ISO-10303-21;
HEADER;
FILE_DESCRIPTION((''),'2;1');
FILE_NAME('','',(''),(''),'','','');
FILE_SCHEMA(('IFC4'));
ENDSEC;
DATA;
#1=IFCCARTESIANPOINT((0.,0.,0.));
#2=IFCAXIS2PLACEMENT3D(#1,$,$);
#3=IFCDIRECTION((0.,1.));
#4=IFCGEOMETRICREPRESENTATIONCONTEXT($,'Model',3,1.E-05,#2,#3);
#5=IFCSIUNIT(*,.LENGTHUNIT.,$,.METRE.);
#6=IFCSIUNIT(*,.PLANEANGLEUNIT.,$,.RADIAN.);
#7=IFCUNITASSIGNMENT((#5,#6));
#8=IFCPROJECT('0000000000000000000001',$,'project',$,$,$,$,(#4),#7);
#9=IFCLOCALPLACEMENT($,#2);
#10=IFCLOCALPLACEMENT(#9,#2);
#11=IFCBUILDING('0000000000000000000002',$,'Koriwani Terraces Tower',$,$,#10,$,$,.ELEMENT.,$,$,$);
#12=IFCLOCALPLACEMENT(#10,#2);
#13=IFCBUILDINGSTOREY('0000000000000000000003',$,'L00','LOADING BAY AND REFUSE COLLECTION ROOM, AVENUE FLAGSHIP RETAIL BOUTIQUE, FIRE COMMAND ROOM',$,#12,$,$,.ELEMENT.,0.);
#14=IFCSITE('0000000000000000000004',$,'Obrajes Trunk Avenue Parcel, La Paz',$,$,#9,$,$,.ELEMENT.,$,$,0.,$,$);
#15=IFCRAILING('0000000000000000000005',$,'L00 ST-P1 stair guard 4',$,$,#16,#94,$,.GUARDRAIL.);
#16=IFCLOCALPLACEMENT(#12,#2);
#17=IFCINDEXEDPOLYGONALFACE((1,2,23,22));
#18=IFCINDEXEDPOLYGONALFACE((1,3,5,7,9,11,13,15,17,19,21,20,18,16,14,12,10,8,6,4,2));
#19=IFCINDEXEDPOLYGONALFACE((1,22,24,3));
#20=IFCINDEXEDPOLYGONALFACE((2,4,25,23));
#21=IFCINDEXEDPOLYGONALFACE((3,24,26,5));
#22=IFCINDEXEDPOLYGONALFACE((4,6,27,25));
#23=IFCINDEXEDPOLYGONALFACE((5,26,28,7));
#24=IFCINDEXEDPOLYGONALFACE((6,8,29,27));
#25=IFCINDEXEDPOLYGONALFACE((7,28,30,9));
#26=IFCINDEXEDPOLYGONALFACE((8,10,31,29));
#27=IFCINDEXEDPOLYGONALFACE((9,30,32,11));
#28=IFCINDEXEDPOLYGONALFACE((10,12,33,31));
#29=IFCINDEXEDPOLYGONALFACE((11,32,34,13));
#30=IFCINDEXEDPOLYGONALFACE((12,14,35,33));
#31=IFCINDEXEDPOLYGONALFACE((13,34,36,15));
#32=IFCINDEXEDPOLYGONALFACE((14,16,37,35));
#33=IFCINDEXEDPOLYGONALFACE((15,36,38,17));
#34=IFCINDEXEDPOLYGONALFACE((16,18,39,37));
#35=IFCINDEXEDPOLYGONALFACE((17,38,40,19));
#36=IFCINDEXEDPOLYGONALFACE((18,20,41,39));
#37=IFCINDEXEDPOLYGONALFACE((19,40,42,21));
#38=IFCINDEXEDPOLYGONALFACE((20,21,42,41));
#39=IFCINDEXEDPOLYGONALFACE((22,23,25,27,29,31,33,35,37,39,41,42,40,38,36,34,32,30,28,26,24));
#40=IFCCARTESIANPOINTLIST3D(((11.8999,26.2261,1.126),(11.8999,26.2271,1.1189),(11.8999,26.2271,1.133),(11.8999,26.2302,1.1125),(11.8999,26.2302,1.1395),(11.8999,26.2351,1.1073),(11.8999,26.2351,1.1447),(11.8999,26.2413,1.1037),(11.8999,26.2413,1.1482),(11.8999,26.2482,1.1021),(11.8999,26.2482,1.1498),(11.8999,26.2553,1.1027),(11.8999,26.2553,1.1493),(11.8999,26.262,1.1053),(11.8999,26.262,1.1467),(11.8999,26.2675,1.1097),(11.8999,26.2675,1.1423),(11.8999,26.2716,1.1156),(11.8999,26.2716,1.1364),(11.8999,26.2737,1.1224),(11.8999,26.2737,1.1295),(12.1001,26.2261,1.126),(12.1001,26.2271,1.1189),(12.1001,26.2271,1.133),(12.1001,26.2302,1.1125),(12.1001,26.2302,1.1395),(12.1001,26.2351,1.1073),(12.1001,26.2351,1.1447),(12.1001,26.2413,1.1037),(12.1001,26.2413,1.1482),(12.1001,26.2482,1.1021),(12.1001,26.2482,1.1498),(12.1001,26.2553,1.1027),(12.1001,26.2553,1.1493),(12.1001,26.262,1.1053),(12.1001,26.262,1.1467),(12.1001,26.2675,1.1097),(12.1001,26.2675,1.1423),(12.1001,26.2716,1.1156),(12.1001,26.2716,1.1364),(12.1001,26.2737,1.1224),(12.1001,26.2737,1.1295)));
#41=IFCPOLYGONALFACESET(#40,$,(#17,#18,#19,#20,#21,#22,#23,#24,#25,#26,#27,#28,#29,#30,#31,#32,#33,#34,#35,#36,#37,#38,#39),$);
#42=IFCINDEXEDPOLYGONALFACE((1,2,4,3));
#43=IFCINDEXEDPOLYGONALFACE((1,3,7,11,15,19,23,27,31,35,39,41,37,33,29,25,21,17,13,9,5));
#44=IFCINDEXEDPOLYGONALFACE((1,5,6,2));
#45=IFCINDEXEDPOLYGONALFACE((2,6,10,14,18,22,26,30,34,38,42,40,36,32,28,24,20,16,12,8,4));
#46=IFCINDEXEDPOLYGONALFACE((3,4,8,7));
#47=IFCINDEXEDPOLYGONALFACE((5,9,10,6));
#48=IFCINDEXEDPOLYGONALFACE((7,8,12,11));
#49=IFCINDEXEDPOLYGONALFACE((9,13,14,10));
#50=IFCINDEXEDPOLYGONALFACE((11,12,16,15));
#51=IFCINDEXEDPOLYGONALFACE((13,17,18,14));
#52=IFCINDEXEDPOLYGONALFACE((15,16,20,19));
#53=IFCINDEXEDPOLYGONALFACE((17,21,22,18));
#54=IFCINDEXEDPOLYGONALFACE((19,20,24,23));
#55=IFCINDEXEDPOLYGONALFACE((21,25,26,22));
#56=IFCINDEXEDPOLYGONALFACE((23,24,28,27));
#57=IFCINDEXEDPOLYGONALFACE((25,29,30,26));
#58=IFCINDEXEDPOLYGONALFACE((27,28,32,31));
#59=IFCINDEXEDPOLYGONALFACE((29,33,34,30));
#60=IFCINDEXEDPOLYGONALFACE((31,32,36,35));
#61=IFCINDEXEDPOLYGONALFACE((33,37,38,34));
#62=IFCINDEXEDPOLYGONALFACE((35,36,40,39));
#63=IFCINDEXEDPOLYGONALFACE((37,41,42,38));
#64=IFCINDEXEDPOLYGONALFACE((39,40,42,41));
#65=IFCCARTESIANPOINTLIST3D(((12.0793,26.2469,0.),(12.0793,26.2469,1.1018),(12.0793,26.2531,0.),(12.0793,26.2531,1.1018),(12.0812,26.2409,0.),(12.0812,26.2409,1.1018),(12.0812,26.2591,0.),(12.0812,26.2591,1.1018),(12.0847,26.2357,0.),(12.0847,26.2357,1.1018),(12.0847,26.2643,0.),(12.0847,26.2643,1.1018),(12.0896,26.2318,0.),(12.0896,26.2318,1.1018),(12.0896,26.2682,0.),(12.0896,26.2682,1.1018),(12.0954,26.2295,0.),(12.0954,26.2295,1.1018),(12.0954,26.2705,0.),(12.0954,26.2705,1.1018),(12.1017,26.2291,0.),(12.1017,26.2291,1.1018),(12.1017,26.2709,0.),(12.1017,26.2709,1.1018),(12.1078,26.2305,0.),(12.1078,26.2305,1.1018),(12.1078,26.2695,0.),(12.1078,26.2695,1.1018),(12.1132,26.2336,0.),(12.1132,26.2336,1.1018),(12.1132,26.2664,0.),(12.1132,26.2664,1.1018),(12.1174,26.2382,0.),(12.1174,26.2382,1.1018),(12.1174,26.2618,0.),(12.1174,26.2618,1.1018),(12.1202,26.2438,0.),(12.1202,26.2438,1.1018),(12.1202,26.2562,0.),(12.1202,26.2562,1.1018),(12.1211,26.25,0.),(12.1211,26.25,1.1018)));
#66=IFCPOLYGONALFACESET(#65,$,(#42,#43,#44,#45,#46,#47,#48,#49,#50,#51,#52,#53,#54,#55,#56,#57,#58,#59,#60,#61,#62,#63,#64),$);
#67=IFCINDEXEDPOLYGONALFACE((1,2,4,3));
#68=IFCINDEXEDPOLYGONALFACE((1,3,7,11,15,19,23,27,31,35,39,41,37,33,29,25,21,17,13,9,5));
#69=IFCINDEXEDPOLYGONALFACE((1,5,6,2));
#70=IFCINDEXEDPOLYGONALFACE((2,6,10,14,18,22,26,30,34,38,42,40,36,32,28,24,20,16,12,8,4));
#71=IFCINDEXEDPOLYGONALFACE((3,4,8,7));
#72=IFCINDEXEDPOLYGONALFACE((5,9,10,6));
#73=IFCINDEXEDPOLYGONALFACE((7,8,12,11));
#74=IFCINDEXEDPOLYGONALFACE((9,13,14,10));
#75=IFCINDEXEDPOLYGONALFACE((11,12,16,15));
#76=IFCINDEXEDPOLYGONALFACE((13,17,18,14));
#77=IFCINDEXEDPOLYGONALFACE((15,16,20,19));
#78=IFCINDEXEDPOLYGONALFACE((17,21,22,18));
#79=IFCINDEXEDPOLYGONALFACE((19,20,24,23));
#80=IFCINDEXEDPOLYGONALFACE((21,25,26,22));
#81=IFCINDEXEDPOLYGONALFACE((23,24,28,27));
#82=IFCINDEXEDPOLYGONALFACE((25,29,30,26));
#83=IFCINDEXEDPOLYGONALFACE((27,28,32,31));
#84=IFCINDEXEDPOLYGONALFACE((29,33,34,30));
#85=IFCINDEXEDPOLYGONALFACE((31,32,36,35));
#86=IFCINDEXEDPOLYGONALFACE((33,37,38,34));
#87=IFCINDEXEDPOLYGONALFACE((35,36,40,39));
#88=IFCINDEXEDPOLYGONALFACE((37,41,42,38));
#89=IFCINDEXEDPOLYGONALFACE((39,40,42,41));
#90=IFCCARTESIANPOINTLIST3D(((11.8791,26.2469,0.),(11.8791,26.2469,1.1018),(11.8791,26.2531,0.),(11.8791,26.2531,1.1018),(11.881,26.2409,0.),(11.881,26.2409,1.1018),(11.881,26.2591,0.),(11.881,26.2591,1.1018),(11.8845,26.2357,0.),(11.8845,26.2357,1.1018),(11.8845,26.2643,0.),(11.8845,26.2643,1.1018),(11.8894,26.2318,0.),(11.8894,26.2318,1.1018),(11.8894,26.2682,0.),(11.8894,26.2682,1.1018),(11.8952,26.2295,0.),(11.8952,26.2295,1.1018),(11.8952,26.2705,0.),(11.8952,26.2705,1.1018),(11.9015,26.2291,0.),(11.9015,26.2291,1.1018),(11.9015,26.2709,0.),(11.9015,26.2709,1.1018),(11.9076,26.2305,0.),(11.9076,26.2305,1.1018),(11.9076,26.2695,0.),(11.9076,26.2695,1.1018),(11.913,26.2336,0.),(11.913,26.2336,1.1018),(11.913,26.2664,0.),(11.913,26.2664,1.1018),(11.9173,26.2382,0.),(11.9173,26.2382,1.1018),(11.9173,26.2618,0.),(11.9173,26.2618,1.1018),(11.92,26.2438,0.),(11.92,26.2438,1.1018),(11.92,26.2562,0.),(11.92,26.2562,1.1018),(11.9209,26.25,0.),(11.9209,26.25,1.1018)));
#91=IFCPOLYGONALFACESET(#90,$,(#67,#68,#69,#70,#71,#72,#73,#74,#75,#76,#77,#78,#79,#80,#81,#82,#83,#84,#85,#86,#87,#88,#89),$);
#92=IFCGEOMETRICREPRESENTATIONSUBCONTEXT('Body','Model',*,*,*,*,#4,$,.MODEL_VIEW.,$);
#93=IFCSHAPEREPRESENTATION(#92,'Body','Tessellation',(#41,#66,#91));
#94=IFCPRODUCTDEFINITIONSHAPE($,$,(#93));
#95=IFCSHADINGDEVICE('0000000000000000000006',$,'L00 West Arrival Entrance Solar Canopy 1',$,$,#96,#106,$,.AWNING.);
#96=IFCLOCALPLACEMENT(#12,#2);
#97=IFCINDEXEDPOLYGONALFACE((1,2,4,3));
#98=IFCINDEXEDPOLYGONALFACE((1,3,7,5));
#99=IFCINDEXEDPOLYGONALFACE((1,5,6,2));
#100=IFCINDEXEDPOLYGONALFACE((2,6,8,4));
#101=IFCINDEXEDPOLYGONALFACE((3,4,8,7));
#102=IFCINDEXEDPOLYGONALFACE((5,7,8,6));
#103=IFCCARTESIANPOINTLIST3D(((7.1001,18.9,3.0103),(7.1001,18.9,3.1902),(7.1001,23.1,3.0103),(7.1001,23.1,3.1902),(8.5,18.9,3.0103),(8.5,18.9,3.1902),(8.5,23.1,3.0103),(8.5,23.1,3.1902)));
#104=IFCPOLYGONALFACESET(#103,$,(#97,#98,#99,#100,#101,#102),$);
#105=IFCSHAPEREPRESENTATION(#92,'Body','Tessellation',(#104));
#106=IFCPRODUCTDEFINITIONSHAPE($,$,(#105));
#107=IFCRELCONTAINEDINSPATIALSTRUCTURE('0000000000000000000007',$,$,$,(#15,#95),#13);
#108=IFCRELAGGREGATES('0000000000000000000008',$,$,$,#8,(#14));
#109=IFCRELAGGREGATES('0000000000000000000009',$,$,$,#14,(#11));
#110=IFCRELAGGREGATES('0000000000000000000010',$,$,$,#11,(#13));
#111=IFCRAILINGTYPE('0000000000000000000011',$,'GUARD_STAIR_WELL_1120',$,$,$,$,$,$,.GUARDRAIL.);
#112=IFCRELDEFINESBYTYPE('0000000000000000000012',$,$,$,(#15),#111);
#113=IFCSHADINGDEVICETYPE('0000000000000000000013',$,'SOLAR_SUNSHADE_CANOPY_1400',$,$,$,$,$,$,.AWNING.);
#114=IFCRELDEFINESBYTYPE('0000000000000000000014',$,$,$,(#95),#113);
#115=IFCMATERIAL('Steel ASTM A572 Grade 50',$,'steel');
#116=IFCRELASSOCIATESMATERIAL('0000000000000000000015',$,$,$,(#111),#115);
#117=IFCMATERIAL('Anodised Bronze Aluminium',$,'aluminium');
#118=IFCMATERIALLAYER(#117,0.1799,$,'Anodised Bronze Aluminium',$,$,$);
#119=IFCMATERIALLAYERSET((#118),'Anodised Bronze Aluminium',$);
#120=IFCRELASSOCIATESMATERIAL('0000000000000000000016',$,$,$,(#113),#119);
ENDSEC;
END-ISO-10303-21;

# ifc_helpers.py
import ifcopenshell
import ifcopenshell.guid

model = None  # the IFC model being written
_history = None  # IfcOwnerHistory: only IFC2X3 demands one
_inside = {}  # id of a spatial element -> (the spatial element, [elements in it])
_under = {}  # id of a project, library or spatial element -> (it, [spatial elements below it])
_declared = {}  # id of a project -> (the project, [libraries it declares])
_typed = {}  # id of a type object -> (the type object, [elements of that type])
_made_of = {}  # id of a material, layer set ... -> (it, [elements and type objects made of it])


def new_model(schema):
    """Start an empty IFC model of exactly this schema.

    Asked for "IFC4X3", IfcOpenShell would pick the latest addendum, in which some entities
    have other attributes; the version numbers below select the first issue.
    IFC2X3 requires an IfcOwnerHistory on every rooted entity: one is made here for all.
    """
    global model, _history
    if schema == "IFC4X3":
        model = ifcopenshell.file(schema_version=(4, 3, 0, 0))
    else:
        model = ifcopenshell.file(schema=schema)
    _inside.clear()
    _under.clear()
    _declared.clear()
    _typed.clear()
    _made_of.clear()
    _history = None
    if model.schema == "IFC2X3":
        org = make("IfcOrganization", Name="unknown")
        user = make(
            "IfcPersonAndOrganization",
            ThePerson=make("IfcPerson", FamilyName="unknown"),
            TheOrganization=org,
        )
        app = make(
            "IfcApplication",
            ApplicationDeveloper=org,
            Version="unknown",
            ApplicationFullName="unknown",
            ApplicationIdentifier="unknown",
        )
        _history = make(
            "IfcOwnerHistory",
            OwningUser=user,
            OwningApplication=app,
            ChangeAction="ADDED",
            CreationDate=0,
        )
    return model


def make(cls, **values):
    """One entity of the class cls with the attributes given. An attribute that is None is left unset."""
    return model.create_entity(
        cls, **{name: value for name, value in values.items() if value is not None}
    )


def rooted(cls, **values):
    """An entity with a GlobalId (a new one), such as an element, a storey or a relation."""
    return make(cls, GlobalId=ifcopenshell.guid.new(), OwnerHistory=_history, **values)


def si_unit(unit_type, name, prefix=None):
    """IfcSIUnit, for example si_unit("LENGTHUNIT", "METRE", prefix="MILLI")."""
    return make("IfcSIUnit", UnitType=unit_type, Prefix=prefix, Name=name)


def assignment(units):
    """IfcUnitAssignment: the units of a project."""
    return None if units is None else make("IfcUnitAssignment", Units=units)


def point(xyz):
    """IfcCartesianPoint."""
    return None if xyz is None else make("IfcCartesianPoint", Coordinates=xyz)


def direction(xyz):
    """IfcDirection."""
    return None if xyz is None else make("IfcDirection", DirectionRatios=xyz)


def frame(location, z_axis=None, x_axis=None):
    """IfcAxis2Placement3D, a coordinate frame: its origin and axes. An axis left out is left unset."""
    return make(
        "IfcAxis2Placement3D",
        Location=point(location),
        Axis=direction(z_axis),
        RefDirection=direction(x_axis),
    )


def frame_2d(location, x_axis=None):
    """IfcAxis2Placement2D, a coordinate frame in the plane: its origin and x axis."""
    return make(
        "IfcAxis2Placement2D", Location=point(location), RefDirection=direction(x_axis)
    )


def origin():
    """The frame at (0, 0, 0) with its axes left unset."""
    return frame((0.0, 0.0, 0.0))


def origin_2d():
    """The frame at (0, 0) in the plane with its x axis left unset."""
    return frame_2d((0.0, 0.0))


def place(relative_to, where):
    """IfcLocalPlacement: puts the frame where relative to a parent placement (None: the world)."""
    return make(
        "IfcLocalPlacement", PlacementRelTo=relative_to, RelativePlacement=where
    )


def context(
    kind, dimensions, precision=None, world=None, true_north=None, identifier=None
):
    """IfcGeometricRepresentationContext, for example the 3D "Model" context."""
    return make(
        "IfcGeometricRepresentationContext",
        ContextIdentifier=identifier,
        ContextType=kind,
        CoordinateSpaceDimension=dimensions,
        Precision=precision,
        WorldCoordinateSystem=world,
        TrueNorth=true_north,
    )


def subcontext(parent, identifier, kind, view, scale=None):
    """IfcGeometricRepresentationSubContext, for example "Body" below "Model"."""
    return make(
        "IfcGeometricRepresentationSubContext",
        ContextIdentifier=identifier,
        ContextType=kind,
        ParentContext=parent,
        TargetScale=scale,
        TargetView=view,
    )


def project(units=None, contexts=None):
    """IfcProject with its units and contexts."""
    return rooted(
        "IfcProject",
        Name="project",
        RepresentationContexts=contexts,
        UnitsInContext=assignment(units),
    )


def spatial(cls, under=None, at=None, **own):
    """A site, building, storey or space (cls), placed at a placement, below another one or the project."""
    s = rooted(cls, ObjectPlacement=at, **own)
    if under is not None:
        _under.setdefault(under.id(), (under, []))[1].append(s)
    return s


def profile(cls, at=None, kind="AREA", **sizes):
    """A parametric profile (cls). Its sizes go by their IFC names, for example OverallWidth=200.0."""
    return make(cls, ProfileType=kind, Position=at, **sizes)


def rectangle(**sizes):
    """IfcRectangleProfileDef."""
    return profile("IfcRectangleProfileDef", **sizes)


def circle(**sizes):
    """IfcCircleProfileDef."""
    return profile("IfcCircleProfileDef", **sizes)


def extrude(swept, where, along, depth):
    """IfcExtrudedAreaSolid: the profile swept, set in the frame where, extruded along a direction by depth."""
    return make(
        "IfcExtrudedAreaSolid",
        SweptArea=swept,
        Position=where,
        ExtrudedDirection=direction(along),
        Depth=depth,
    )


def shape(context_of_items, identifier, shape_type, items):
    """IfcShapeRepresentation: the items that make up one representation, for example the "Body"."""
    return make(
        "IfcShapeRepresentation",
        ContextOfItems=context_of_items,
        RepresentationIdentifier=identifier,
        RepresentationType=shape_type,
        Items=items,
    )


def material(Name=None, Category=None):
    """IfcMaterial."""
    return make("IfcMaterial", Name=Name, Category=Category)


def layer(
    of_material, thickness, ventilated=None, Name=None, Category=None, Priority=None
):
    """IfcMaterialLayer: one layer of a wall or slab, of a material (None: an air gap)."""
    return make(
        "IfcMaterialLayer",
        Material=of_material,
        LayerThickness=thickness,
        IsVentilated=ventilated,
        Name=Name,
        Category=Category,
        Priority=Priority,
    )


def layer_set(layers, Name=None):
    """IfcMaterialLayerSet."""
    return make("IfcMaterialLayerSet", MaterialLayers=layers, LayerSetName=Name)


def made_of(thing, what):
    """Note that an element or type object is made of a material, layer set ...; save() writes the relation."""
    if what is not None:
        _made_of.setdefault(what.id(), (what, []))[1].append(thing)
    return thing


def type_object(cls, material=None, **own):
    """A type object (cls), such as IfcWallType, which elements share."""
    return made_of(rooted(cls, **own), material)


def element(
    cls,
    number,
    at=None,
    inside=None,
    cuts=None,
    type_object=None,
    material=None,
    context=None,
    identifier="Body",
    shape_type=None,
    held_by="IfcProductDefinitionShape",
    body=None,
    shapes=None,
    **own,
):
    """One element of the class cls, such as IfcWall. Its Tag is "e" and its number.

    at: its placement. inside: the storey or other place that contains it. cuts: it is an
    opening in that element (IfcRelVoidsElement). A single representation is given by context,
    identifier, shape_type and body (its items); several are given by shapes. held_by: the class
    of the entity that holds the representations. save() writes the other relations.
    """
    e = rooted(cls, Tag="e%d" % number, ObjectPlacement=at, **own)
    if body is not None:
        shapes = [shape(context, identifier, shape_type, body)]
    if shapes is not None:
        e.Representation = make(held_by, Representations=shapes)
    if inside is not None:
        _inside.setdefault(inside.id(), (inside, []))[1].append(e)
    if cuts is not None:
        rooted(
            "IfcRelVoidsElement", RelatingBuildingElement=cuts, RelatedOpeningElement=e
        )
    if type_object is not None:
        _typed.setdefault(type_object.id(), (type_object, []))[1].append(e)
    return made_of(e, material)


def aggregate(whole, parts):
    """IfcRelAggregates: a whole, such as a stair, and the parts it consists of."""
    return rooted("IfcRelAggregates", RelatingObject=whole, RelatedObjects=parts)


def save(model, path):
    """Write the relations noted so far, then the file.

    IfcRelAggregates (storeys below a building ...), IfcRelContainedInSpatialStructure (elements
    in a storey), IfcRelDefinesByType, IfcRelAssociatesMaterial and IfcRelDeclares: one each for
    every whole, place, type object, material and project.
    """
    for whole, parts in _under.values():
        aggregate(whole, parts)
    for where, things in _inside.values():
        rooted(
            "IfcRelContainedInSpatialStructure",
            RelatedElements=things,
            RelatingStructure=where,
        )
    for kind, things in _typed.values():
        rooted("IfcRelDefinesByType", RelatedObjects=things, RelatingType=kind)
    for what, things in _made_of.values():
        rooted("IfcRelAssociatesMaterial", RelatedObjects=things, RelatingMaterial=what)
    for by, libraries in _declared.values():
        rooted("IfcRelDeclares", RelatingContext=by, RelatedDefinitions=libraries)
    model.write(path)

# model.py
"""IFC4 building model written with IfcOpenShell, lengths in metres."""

from ifc_helpers import new_model, si_unit, direction, frame, origin, origin_2d, place, context, subcontext, project, spatial, rectangle, circle, extrude, material, layer, layer_set, type_object, element, save


model = new_model("IFC4")

# Units and contexts
model_context = context("Model", 3, precision=1e-05, world=origin(), true_north=direction((0.0, 1.0)))
body_context = subcontext(model_context, "Body", "Model", "MODEL_VIEW")
ifc_project = project(units=[si_unit("LENGTHUNIT", "METRE"), si_unit("PLANEANGLEUNIT", "RADIAN")], contexts=[model_context])

# Site, building, storey
site_placement = place(None, origin())
site = spatial("IfcSite", under=ifc_project, at=site_placement, Name="Obrajes Trunk Avenue Parcel, La Paz", CompositionType="ELEMENT", RefElevation=0.0)
building_placement = place(site_placement, origin())
building = spatial("IfcBuilding", under=site, at=building_placement, Name="Koriwani Terraces Tower", CompositionType="ELEMENT")
storey_placement = place(building_placement, origin())
storey = spatial("IfcBuildingStorey", under=building, at=storey_placement, Name="L00", Description="LOADING BAY AND REFUSE COLLECTION ROOM, AVENUE FLAGSHIP RETAIL BOUTIQUE, FIRE COMMAND ROOM", CompositionType="ELEMENT", Elevation=0.0)

# Shared definitions
ifc_material_1 = material(Name="Steel ASTM A572 Grade 50", Category="steel")

# Railing
railing_type_1 = type_object("IfcRailingType", Name="GUARD_STAIR_WELL_1120", PredefinedType="GUARDRAIL", material=ifc_material_1)
railing_1_placement = place(storey_placement, frame((12.1001, 26.25, 0.0)))
element("IfcRailing", 1, at=railing_1_placement, inside=storey, type_object=railing_type_1, Name="L00 ST-P1 stair guard 4", PredefinedType="GUARDRAIL", context=body_context, shape_type="SweptSolid", body=[
    extrude(circle(Radius=0.0239, at=origin_2d()), frame((0.0, 0.0, 1.126), z_axis=(-1.0, 0.0, 0.0), x_axis=(0.0, -1.0, 0.0)), (0.0, 0.0, 1.0), 0.2002),
    extrude(circle(Radius=0.021, at=origin_2d()), origin(), (0.0, 0.0, 1.0), 1.1018),
    extrude(circle(Radius=0.021, at=origin_2d()), frame((-0.2002, 0.0, 0.0)), (0.0, 0.0, 1.0), 1.1018),
])

# Shading device
ifc_material_2 = material(Name="Anodised Bronze Aluminium", Category="aluminium")
ifc_layer_1 = layer(ifc_material_2, 0.1799, Name="Anodised Bronze Aluminium")
ifc_layer_set_1 = layer_set([ifc_layer_1], Name="Anodised Bronze Aluminium")
shading_device_type = type_object("IfcShadingDeviceType", Name="SOLAR_SUNSHADE_CANOPY_1400", PredefinedType="AWNING", material=ifc_layer_set_1)
shading_device_placement = place(storey_placement, frame((7.8, 21.0, 3.0103), z_axis=(0.0, 0.0, 1.0), x_axis=(1.0, 0.0, 0.0)))
element("IfcShadingDevice", 2, at=shading_device_placement, inside=storey, type_object=shading_device_type, Name="L00 West Arrival Entrance Solar Canopy 1", PredefinedType="AWNING", context=body_context, shape_type="SweptSolid", body=[
    extrude(rectangle(XDim=1.3999, YDim=4.2, at=origin_2d()), origin(), (0.0, 0.0, 1.0), 0.1799),
])

save(model, "model.ifc")
